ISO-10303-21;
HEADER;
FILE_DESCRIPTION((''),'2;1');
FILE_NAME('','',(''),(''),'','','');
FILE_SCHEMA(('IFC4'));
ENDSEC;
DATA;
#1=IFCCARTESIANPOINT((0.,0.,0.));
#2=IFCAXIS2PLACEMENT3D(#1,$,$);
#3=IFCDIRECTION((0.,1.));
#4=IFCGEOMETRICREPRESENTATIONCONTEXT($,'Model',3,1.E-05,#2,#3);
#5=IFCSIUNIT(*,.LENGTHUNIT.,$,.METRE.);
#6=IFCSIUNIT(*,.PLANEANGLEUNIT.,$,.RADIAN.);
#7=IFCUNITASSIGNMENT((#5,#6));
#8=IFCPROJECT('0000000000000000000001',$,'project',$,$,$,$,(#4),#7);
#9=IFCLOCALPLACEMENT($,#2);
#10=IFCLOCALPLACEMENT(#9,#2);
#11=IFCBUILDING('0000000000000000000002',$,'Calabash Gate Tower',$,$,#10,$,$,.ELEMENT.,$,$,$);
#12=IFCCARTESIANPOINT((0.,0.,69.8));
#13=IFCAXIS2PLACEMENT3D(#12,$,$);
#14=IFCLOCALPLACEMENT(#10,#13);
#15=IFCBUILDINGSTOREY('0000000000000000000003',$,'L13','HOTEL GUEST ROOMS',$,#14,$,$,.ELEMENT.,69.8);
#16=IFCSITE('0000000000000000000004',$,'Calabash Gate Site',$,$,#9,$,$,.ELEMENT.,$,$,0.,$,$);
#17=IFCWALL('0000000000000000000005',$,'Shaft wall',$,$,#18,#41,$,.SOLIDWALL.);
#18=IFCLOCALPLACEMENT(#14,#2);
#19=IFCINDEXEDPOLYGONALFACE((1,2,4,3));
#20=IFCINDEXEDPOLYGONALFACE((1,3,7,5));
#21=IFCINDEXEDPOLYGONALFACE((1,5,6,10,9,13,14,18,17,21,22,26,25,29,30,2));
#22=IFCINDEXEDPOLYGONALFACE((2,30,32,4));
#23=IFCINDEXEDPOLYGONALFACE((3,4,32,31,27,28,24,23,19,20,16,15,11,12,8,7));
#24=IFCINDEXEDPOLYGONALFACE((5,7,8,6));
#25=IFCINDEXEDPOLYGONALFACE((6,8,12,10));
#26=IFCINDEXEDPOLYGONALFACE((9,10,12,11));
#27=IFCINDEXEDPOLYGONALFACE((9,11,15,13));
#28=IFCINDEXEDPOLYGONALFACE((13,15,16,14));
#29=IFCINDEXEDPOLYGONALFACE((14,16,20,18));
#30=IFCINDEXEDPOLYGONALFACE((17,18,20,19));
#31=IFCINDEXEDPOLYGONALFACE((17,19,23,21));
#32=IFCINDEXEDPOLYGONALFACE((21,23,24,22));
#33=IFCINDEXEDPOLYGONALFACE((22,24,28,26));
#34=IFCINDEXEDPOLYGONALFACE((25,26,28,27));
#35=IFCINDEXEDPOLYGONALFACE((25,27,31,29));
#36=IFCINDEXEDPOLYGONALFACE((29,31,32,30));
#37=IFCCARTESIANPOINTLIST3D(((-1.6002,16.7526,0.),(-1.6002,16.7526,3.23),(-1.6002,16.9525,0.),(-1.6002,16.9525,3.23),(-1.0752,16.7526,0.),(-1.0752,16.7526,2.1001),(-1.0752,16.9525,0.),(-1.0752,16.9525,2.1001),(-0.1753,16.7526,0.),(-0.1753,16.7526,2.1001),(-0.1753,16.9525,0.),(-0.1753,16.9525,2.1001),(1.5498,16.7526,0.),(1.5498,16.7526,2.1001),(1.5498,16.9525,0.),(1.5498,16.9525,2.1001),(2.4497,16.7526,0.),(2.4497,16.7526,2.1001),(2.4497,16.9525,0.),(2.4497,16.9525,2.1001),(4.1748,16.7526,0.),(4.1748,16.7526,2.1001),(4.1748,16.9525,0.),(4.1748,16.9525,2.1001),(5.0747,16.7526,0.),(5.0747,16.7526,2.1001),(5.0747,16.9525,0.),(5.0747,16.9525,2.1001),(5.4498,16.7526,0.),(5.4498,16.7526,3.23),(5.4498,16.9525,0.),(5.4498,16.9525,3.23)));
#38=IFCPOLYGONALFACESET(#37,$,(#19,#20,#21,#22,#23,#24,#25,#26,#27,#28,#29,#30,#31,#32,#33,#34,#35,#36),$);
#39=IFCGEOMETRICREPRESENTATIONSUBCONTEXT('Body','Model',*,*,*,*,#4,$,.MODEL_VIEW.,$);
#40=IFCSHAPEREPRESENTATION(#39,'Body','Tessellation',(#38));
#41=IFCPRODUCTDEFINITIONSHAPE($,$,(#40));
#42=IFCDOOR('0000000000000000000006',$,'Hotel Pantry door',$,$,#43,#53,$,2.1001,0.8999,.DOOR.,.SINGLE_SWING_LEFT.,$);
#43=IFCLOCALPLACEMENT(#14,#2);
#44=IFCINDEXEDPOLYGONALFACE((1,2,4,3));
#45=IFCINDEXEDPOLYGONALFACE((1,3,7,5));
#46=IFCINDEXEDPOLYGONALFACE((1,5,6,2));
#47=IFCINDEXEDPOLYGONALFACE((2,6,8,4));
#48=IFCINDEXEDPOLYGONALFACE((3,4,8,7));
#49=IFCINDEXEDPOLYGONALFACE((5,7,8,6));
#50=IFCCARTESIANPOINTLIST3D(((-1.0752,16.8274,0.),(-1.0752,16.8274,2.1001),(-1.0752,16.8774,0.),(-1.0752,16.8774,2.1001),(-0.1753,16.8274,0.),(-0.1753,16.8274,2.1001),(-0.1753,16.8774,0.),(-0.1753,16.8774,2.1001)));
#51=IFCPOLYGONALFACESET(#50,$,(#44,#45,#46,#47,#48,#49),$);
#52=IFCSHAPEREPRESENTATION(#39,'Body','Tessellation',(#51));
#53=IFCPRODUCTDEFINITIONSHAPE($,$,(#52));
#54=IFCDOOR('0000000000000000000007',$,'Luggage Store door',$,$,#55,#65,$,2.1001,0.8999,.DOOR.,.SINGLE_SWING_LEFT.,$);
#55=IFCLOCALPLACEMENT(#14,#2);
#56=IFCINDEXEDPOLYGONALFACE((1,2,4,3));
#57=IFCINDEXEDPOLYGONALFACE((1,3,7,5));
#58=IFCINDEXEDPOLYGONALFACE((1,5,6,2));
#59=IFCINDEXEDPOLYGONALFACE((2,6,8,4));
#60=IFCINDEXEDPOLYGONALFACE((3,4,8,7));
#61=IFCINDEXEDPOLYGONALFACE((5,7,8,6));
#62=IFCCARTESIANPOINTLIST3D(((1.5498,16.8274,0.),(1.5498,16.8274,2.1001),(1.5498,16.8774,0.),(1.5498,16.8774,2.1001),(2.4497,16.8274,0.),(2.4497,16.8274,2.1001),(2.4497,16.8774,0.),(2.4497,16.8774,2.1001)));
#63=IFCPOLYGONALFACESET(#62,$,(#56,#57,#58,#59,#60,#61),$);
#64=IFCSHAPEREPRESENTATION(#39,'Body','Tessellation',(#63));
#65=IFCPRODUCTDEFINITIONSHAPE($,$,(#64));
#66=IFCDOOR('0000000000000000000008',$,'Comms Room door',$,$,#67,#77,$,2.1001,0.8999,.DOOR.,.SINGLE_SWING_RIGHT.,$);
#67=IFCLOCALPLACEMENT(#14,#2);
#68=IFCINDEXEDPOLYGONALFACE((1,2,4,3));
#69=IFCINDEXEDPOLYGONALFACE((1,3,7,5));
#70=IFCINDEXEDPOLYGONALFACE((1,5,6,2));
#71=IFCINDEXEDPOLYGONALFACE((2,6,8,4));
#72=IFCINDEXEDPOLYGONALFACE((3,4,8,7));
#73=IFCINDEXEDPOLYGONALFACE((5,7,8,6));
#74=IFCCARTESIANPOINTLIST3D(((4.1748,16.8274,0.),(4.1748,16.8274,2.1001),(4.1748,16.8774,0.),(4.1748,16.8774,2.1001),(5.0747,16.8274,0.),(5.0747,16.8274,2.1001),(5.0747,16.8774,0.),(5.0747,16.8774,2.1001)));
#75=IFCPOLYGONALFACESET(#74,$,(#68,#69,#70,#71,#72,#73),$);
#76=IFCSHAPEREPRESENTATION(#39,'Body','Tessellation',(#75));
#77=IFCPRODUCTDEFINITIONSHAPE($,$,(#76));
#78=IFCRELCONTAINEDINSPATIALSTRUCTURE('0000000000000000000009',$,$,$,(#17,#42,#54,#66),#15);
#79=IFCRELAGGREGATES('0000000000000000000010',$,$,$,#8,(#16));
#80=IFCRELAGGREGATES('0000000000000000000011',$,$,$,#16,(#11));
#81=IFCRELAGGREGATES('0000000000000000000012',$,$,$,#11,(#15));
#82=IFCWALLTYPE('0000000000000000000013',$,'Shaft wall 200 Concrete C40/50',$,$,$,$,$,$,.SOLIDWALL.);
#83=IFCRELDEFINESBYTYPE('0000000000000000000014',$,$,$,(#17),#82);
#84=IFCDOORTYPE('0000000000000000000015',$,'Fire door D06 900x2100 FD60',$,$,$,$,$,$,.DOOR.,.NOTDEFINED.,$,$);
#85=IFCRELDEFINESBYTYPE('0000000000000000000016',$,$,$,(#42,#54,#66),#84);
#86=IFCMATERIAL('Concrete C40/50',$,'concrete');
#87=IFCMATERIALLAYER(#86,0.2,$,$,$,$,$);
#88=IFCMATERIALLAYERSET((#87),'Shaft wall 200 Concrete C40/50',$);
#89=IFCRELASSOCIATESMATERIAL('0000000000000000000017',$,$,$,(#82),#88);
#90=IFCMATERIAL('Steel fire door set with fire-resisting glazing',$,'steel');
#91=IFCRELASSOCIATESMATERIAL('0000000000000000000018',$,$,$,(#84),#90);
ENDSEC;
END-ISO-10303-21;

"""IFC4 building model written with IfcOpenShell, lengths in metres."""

from ifc_helpers import new_model, si_unit, direction, frame, frame_2d, origin, place, context, subcontext, project, spatial, rectangle, extrude, material, layer, layer_set, type_object, element, fill, save


model = new_model("IFC4")

# Units and contexts
model_context = context("Model", 3, precision=1e-05, world=origin(), true_north=direction((0.0, 1.0)))
body_context = subcontext(model_context, "Body", "Model", "MODEL_VIEW")
ifc_project = project(units=[si_unit("LENGTHUNIT", "METRE"), si_unit("PLANEANGLEUNIT", "RADIAN")], contexts=[model_context])

# Site, building, storey
site_placement = place(None, origin())
site = spatial("IfcSite", under=ifc_project, at=site_placement, Name="Calabash Gate Site", CompositionType="ELEMENT", RefElevation=0.0)
building_placement = place(site_placement, origin())
building = spatial("IfcBuilding", under=site, at=building_placement, Name="Calabash Gate Tower", CompositionType="ELEMENT")
storey_placement = place(building_placement, frame((0.0, 0.0, 69.8)))
storey = spatial("IfcBuildingStorey", under=building, at=storey_placement, Name="L13", Description="HOTEL GUEST ROOMS", CompositionType="ELEMENT", Elevation=69.8)

# Shared definitions
ifc_material_1 = material(Name="Concrete C40/50", Category="concrete")
ifc_layer_1 = layer(ifc_material_1, 0.2)
ifc_layer_set_1 = layer_set([ifc_layer_1], Name="Shaft wall 200 Concrete C40/50")
wall_type_1 = type_object("IfcWallType", Name="Shaft wall 200 Concrete C40/50", PredefinedType="SOLIDWALL", material=ifc_layer_set_1)

# Shared definitions
ifc_material_2 = material(Name="Steel fire door set with fire-resisting glazing", Category="steel")
door_type_1 = type_object("IfcDoorType", Name="Fire door D06 900x2100 FD60", OperationType="NOTDEFINED", PredefinedType="DOOR", material=ifc_material_2)

# Wall, openings, doors
wall_1_placement = place(storey_placement, frame((-1.6001, 16.8525, 0.0), z_axis=(0.0, 0.0, 1.0), x_axis=(1.0, 0.0, 0.0)))
wall_1 = element("IfcWall", 1, at=wall_1_placement, inside=storey, type_object=wall_type_1, Name="Shaft wall", PredefinedType="SOLIDWALL", context=body_context, shape_type="SweptSolid", body=[
    extrude(rectangle(XDim=7.05, YDim=0.2, at=frame_2d((3.5249, 0.0))), origin(), (0.0, 0.0, 1.0), 3.23),
])
opening_1_placement = place(wall_1_placement, frame((0.5249, 0.0, 0.0)))
opening_1 = element("IfcOpeningElement", 2, at=opening_1_placement, cuts=wall_1, PredefinedType="OPENING", context=body_context, shape_type="SweptSolid", body=[
    extrude(rectangle(XDim=0.8999, YDim=2.1001, at=frame_2d((0.45, 1.05))), frame((0.0, 0.1099, 0.0), z_axis=(0.0, -1.0, 0.0), x_axis=(1.0, 0.0, 0.0)), (0.0, 0.0, 1.0), 0.22),
])
opening_2_placement = place(wall_1_placement, frame((3.1499, 0.0, 0.0)))
opening_2 = element("IfcOpeningElement", 3, at=opening_2_placement, cuts=wall_1, PredefinedType="OPENING", context=body_context, shape_type="SweptSolid", body=[
    extrude(rectangle(XDim=0.8999, YDim=2.1001, at=frame_2d((0.45, 1.05))), frame((0.0, 0.1099, 0.0), z_axis=(0.0, -1.0, 0.0), x_axis=(1.0, 0.0, 0.0)), (0.0, 0.0, 1.0), 0.22),
])
opening_3_placement = place(wall_1_placement, frame((5.7749, 0.0, 0.0)))
opening_3 = element("IfcOpeningElement", 4, at=opening_3_placement, cuts=wall_1, PredefinedType="OPENING", context=body_context, shape_type="SweptSolid", body=[
    extrude(rectangle(XDim=0.8999, YDim=2.1001, at=frame_2d((0.45, 1.05))), frame((0.0, 0.1099, 0.0), z_axis=(0.0, -1.0, 0.0), x_axis=(1.0, 0.0, 0.0)), (0.0, 0.0, 1.0), 0.22),
])
door_1_placement = place(opening_1_placement, origin())
door_1 = element("IfcDoor", 5, at=door_1_placement, inside=storey, type_object=door_type_1, Name="Hotel Pantry door", OperationType="SINGLE_SWING_LEFT", OverallHeight=2.1001, OverallWidth=0.8999, PredefinedType="DOOR", context=body_context, shape_type="SweptSolid", body=[
    extrude(rectangle(XDim=0.8999, YDim=2.1001, at=frame_2d((0.45, 1.05))), frame((0.0, 0.0249, 0.0), z_axis=(0.0, -1.0, 0.0), x_axis=(1.0, 0.0, 0.0)), (0.0, 0.0, 1.0), 0.05),
])
fill(opening_1, door_1)
door_2_placement = place(opening_2_placement, origin())
door_2 = element("IfcDoor", 6, at=door_2_placement, inside=storey, type_object=door_type_1, Name="Luggage Store door", OperationType="SINGLE_SWING_LEFT", OverallHeight=2.1001, OverallWidth=0.8999, PredefinedType="DOOR", context=body_context, shape_type="SweptSolid", body=[
    extrude(rectangle(XDim=0.8999, YDim=2.1001, at=frame_2d((0.45, 1.05))), frame((0.0, 0.0249, 0.0), z_axis=(0.0, -1.0, 0.0), x_axis=(1.0, 0.0, 0.0)), (0.0, 0.0, 1.0), 0.05),
])
fill(opening_2, door_2)
door_3_placement = place(opening_3_placement, origin())
door_3 = element("IfcDoor", 7, at=door_3_placement, inside=storey, type_object=door_type_1, Name="Comms Room door", OperationType="SINGLE_SWING_RIGHT", OverallHeight=2.1001, OverallWidth=0.8999, PredefinedType="DOOR", context=body_context, shape_type="SweptSolid", body=[
    extrude(rectangle(XDim=0.8999, YDim=2.1001, at=frame_2d((0.45, 1.05))), frame((0.0, 0.0249, 0.0), z_axis=(0.0, -1.0, 0.0), x_axis=(1.0, 0.0, 0.0)), (0.0, 0.0, 1.0), 0.05),
])
fill(opening_3, door_3)

save(model, "model.ifc")
